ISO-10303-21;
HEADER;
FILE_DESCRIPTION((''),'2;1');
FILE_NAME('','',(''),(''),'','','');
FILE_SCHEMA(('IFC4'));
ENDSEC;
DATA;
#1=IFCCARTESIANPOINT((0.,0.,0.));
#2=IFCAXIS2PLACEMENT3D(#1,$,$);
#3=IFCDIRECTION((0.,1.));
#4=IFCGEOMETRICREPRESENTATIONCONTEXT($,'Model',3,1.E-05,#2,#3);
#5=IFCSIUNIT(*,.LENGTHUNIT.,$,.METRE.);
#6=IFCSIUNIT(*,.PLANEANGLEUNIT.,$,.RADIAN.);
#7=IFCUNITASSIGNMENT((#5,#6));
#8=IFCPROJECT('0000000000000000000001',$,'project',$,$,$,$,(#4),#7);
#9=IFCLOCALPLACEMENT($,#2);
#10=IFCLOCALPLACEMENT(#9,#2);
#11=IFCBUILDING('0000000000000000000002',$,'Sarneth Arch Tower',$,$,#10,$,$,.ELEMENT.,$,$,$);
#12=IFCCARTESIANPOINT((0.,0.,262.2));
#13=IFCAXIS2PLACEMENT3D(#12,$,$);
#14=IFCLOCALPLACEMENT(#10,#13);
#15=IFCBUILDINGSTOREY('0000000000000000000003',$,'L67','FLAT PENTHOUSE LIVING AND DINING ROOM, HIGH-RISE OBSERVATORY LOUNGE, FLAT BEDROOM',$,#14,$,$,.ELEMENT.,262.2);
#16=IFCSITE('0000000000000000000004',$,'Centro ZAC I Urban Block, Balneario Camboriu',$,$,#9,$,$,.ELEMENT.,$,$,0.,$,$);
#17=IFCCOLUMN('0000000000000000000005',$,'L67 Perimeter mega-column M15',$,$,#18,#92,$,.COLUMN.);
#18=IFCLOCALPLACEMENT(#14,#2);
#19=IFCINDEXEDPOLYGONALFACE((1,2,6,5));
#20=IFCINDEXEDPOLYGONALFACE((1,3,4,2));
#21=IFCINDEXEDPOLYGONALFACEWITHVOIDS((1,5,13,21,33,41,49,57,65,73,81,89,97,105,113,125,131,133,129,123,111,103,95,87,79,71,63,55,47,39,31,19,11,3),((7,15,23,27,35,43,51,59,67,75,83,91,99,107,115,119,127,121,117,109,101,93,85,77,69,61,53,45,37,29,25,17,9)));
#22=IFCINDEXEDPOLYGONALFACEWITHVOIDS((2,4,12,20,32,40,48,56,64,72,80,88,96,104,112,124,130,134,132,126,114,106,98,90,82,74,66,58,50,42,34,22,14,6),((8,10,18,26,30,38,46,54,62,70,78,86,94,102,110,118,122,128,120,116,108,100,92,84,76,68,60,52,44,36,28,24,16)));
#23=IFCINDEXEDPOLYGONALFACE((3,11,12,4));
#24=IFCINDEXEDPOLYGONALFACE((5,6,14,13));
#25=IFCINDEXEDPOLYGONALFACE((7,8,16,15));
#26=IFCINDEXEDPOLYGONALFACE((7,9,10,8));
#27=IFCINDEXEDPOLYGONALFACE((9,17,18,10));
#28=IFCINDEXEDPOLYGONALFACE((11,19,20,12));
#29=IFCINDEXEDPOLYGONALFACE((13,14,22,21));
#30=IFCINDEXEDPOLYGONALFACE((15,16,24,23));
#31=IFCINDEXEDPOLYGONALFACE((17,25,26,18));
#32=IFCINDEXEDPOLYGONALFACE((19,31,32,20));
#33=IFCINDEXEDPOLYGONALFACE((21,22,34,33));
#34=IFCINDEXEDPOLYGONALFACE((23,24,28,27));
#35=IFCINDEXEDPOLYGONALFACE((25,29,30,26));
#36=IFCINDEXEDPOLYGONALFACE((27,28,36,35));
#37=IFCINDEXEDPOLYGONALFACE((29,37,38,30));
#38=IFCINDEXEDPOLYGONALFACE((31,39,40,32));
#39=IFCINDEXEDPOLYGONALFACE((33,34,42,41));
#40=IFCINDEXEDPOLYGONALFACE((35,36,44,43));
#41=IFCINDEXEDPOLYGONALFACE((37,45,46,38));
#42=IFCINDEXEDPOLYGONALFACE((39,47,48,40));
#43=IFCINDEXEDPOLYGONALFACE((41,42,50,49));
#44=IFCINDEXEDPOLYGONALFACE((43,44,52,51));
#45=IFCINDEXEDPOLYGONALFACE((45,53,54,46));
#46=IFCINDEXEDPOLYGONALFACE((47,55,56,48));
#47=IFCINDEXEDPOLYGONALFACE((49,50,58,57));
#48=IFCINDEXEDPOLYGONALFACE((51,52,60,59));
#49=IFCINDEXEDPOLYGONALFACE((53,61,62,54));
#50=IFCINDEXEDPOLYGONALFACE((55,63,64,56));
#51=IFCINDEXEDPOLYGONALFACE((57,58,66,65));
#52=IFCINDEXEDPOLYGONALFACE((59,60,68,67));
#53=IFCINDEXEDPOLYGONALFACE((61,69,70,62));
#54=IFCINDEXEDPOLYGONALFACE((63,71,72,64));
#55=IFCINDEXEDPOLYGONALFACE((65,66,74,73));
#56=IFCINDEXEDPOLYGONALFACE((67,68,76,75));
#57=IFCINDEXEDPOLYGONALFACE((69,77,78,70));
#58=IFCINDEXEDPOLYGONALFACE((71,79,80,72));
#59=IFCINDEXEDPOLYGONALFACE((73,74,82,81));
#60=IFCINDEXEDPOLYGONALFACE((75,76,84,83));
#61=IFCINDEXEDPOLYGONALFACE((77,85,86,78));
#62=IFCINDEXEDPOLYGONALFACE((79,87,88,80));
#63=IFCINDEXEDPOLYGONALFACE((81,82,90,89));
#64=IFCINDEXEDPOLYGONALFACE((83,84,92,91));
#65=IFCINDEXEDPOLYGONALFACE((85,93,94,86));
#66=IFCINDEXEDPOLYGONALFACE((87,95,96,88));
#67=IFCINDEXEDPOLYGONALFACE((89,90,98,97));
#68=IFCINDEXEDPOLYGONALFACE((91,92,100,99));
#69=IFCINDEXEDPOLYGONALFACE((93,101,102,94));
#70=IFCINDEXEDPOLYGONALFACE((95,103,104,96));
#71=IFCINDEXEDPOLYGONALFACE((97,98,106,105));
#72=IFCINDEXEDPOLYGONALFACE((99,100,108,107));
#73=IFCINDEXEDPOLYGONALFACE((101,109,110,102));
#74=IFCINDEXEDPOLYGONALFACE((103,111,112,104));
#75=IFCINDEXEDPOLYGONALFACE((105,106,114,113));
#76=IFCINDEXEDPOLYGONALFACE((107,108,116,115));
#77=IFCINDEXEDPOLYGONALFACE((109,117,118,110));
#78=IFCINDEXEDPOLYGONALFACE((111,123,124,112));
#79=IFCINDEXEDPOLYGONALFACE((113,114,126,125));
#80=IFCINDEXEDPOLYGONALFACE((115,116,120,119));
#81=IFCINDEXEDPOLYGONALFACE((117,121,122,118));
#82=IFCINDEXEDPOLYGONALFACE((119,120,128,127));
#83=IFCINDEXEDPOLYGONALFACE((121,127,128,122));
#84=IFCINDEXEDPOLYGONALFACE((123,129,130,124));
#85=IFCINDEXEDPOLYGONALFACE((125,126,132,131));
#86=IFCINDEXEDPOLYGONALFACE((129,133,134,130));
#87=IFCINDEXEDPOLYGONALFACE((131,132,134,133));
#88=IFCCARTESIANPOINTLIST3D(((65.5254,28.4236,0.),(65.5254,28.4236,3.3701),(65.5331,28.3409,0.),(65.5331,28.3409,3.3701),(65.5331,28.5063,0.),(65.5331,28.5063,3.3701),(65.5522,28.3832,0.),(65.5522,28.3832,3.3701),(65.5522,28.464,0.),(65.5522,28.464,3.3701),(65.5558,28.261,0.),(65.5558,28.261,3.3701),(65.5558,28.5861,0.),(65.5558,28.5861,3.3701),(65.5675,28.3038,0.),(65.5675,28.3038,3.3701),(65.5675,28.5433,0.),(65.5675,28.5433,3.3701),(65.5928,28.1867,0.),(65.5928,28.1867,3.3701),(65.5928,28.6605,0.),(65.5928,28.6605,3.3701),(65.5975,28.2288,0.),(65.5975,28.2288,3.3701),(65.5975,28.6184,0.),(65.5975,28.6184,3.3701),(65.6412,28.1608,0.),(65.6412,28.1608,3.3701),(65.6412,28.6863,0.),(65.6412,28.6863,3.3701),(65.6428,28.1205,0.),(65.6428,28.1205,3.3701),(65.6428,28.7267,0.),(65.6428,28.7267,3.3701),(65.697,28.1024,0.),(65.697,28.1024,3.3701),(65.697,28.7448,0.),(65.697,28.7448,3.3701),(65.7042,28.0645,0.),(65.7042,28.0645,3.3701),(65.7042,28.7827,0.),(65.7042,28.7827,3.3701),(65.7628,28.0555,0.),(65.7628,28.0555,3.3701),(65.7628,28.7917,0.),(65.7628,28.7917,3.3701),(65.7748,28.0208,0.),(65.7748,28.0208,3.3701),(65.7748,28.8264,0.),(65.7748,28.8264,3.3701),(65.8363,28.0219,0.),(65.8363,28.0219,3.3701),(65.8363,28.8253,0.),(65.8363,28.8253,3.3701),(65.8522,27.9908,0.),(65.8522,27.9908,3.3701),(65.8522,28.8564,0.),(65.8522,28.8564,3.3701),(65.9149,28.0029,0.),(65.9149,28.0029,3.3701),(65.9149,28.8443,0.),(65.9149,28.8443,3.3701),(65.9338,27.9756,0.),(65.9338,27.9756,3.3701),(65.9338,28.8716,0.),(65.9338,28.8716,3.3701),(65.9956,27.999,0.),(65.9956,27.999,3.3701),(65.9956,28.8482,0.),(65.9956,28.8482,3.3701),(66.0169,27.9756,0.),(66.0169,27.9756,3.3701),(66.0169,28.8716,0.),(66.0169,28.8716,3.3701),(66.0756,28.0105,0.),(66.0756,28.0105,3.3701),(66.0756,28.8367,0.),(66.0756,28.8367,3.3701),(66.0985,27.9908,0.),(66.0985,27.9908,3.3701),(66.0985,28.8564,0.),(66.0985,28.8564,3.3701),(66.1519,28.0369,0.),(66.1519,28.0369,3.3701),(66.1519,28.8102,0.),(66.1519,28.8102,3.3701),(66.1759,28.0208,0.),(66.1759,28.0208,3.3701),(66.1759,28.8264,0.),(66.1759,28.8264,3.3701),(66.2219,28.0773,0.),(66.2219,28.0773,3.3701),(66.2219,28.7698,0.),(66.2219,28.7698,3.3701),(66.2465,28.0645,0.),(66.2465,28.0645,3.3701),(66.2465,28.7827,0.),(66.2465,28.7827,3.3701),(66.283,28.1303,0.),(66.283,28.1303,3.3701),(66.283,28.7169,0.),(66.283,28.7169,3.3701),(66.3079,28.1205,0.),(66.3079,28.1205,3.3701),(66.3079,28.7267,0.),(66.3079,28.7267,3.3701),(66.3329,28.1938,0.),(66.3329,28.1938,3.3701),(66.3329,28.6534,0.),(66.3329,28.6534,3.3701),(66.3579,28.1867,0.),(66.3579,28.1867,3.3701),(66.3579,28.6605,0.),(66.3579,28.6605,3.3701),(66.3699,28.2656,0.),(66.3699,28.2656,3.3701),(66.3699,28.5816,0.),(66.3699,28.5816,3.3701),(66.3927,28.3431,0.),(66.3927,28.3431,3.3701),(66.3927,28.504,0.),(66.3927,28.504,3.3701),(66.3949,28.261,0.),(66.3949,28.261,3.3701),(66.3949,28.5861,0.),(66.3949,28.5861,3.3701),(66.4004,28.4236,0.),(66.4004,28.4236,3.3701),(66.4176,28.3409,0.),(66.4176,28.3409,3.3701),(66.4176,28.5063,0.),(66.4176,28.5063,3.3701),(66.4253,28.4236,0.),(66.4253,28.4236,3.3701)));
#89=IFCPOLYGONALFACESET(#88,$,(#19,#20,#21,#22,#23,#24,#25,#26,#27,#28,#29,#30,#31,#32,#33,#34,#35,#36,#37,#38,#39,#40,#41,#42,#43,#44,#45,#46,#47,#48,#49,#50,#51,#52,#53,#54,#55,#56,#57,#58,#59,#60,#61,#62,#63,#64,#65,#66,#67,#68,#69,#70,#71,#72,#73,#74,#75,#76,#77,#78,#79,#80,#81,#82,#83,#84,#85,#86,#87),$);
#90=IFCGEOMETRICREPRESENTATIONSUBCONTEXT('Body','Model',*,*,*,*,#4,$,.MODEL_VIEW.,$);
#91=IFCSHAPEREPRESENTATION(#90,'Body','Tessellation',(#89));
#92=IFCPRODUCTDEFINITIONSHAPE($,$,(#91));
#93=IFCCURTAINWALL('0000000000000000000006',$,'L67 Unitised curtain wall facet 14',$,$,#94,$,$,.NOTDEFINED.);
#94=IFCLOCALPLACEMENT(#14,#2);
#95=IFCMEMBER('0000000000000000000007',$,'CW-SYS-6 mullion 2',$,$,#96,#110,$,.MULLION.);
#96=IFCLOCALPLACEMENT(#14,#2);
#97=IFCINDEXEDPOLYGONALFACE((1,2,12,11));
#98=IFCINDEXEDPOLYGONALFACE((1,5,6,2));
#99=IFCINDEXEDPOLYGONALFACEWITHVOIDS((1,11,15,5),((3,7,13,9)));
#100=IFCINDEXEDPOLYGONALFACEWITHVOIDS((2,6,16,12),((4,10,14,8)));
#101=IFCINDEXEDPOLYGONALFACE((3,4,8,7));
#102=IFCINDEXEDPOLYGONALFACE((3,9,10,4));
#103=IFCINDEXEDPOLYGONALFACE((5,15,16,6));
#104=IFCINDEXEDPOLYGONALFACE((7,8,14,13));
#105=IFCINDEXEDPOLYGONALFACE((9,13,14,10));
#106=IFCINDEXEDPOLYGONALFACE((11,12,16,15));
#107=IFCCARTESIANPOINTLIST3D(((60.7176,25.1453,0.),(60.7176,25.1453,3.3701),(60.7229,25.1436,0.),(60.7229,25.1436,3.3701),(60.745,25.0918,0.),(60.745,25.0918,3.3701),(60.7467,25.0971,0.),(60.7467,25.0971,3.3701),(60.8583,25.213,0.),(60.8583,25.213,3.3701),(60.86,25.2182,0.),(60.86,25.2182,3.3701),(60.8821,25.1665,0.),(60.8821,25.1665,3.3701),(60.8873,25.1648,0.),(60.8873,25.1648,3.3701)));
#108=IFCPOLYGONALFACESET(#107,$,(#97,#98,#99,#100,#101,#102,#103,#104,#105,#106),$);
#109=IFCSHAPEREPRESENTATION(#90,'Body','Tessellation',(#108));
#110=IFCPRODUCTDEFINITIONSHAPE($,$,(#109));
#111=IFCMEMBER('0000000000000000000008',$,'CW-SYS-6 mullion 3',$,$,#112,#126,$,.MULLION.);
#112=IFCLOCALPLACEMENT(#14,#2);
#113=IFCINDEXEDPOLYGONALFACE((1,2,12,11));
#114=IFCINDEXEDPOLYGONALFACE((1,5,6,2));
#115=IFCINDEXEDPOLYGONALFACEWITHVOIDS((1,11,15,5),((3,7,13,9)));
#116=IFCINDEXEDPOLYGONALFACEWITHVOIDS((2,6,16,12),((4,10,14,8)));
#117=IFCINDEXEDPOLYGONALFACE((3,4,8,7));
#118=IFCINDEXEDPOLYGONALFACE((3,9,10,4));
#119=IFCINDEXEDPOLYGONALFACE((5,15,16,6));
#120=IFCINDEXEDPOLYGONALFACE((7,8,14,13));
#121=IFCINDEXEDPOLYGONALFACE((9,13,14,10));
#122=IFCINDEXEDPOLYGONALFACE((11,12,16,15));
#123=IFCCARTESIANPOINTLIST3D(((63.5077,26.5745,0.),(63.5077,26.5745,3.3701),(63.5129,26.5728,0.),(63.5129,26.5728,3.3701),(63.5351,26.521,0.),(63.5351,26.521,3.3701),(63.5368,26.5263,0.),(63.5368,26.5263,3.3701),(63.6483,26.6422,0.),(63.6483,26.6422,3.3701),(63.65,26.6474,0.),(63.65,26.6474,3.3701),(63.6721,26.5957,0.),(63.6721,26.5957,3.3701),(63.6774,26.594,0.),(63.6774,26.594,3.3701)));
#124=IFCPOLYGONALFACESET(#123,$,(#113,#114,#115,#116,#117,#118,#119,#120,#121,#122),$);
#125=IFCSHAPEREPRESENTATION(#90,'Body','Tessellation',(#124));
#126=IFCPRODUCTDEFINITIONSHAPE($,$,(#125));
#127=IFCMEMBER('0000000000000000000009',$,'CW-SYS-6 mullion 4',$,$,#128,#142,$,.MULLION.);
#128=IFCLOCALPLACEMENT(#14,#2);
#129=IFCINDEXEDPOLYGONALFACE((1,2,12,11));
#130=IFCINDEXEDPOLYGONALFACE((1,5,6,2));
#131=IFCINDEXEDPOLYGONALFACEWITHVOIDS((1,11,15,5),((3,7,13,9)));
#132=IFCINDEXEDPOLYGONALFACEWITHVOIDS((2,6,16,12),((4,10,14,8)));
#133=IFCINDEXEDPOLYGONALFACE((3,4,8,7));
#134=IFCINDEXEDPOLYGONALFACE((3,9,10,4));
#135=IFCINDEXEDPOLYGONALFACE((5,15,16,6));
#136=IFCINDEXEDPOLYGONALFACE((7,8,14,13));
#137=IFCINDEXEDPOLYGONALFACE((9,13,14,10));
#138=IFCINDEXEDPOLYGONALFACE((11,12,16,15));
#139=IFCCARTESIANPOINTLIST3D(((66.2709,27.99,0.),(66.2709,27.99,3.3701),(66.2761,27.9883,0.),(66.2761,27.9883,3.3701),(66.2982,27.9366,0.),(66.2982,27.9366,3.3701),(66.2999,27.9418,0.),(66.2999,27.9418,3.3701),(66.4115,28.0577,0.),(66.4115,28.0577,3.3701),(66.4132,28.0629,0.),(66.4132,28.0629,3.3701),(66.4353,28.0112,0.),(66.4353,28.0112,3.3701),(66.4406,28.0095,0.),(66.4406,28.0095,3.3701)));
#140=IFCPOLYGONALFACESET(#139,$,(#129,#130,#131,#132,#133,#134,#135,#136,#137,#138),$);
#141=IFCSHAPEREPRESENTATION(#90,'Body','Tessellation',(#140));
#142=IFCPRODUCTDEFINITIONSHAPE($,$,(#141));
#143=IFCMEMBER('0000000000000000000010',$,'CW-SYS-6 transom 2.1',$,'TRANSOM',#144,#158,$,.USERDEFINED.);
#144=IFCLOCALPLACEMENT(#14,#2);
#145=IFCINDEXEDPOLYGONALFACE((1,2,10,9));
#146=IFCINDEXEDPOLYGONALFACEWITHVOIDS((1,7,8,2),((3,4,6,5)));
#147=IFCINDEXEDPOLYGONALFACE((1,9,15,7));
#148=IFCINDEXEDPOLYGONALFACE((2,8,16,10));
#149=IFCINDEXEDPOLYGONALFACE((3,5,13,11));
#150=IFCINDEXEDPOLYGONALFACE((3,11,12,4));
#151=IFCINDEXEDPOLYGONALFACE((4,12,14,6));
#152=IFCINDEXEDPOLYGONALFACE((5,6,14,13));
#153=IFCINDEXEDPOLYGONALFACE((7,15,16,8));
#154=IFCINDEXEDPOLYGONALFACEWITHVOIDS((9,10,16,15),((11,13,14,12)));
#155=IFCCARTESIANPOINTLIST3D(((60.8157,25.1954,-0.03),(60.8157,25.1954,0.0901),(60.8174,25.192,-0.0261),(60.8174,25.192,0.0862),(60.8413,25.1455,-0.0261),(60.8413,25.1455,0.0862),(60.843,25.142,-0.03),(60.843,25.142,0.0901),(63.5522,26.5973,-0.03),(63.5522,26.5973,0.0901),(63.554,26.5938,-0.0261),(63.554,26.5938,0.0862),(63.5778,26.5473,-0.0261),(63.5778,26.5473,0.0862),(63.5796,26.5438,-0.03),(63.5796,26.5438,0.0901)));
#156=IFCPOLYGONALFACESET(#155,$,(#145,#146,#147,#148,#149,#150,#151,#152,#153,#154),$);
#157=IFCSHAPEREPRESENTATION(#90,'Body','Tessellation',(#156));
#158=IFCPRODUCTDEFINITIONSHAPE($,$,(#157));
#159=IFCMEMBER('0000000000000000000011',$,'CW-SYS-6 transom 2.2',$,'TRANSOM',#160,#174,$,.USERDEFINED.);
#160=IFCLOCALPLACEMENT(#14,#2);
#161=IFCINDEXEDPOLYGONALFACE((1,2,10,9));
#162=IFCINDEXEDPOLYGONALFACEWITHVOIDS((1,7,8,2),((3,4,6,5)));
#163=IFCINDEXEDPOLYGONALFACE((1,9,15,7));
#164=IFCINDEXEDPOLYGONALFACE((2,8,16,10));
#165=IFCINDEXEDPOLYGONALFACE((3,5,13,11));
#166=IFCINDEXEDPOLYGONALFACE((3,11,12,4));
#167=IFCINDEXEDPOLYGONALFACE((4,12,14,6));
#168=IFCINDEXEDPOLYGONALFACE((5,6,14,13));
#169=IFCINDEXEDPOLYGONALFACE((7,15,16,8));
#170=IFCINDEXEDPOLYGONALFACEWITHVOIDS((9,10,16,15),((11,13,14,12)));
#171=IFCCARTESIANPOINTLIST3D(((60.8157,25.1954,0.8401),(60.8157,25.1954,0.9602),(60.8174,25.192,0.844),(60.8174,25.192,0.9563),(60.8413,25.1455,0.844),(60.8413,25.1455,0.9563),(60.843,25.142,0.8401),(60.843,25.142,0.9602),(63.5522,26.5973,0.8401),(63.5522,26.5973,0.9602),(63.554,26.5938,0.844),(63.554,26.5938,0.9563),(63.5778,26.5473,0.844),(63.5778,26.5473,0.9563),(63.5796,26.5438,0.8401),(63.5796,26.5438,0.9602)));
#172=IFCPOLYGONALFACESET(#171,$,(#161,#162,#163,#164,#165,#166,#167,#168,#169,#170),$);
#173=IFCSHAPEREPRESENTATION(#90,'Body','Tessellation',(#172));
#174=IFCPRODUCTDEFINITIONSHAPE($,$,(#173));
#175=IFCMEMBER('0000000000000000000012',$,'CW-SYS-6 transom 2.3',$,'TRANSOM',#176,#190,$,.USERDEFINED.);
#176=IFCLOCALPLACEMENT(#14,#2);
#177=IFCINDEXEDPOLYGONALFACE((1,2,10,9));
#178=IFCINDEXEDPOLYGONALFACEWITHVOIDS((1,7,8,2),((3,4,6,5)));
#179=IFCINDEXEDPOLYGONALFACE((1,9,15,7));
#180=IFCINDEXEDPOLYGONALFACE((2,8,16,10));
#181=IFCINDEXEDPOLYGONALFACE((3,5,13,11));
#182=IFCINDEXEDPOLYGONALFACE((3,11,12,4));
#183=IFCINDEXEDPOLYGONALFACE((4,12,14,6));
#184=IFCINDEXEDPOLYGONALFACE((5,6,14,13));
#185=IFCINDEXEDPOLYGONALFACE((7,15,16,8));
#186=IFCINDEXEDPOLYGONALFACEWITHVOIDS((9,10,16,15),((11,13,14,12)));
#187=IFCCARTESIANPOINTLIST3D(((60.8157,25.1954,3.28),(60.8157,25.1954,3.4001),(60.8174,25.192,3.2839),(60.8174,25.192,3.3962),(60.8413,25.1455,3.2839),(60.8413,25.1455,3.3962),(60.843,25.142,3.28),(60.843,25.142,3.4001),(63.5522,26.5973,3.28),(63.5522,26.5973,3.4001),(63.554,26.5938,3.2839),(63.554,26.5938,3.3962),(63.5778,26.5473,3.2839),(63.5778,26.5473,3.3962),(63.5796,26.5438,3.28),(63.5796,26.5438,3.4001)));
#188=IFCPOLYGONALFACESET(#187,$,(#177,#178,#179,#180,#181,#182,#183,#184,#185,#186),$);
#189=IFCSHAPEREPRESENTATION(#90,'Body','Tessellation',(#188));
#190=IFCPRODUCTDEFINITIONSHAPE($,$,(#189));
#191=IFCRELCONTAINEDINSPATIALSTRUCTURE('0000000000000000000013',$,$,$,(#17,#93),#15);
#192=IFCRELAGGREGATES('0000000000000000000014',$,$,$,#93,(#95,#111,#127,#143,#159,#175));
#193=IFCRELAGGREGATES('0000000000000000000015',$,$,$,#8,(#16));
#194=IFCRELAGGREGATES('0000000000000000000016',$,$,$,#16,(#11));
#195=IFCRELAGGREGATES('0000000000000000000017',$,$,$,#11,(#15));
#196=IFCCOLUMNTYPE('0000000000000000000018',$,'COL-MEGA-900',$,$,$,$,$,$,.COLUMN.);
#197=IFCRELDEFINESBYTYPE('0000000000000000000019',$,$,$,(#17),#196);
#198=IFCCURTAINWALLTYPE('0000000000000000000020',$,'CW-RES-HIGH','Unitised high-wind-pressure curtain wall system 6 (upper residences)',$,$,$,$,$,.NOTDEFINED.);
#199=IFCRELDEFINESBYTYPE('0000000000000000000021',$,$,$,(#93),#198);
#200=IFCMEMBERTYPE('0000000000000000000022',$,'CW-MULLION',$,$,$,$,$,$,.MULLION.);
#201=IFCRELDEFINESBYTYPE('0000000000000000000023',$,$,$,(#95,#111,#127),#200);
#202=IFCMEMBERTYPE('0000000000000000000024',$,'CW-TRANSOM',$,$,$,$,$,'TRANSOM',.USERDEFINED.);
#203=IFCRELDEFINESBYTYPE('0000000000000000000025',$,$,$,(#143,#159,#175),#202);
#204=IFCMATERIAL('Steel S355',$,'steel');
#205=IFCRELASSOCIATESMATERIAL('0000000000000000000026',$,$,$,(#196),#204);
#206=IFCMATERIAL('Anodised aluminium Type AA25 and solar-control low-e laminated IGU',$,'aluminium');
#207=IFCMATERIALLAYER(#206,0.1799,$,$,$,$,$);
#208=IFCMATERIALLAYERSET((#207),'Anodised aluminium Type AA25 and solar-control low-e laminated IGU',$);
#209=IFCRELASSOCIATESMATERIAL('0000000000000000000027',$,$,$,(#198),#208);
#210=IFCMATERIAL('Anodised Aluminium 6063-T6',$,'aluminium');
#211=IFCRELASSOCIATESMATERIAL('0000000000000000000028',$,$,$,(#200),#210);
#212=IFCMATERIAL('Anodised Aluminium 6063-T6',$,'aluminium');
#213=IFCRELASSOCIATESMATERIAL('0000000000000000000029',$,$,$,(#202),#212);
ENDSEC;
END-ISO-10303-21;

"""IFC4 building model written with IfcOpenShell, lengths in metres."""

from ifc_helpers import new_model, si_unit, direction, frame, origin, origin_2d, place, context, subcontext, project, spatial, hollow_rectangle, hollow_circle, extrude, material, layer, layer_set, material_profile, profile_set, type_object, element, aggregate, save


model = new_model("IFC4")

# Units and contexts
model_context = context("Model", 3, precision=1e-05, world=origin(), true_north=direction((0.0, 1.0)))
body_context = subcontext(model_context, "Body", "Model", "MODEL_VIEW")
ifc_project = project(units=[si_unit("LENGTHUNIT", "METRE"), si_unit("PLANEANGLEUNIT", "RADIAN")], contexts=[model_context])

# Site, building, storey
site_placement = place(None, origin())
site = spatial("IfcSite", under=ifc_project, at=site_placement, Name="Centro ZAC I Urban Block, Balneario Camboriu", CompositionType="ELEMENT", RefElevation=0.0)
building_placement = place(site_placement, origin())
building = spatial("IfcBuilding", under=site, at=building_placement, Name="Sarneth Arch Tower", CompositionType="ELEMENT")
storey_placement = place(building_placement, frame((0.0, 0.0, 262.2)))
storey = spatial("IfcBuildingStorey", under=building, at=storey_placement, Name="L67", Description="FLAT PENTHOUSE LIVING AND DINING ROOM, HIGH-RISE OBSERVATORY LOUNGE, FLAT BEDROOM", CompositionType="ELEMENT", Elevation=262.2)

# Column
ifc_material_1 = material(Name="Steel S355", Category="steel")
ifc_material_profile_1 = material_profile(ifc_material_1, hollow_circle(Radius=0.45, WallThickness=0.0249, at=origin_2d()), Name="CHS900x25")
ifc_profile_set_1 = profile_set([ifc_material_profile_1], Name="Steel S355")
column_type = type_object("IfcColumnType", Name="COL-MEGA-900", PredefinedType="COLUMN", material=ifc_profile_set_1)
column_placement = place(storey_placement, frame((65.9753, 28.4236, 0.0), z_axis=(0.0, 0.0, 1.0), x_axis=(1.0, 0.0, 0.0)))
element("IfcColumn", 1, at=column_placement, inside=storey, type_object=column_type, Name="L67 Perimeter mega-column M15", PredefinedType="COLUMN", context=body_context, shape_type="SweptSolid", body=[
    extrude(hollow_circle(Radius=0.45, WallThickness=0.0249, at=origin_2d()), origin(), (0.0, 0.0, 1.0), 3.3701),
])

# Curtain wall, members
ifc_material_2 = material(Name="Anodised aluminium Type AA25 and solar-control low-e laminated IGU", Category="aluminium")
ifc_layer_1 = layer(ifc_material_2, 0.1799)
ifc_layer_set_1 = layer_set([ifc_layer_1], Name="Anodised aluminium Type AA25 and solar-control low-e laminated IGU")
curtain_wall_type = type_object("IfcCurtainWallType", Name="CW-RES-HIGH", Description="Unitised high-wind-pressure curtain wall system 6 (upper residences)", PredefinedType="NOTDEFINED", material=ifc_layer_set_1)
curtain_wall_placement = place(storey_placement, origin())
curtain_wall = element("IfcCurtainWall", 2, at=curtain_wall_placement, inside=storey, type_object=curtain_wall_type, Name="L67 Unitised curtain wall facet 14", PredefinedType="NOTDEFINED")
ifc_material_3 = material(Name="Anodised Aluminium 6063-T6", Category="aluminium")
ifc_material_profile_2 = material_profile(ifc_material_3, hollow_rectangle(XDim=0.0601, YDim=0.1599, WallThickness=0.0039, at=origin_2d()), Name="AL-MULL-160x60x4")
ifc_profile_set_2 = profile_set([ifc_material_profile_2], Name="Anodised Aluminium 6063-T6")
member_type_1 = type_object("IfcMemberType", Name="CW-MULLION", PredefinedType="MULLION", material=ifc_profile_set_2)
member_1_placement = place(storey_placement, frame((60.8025, 25.155, 0.0), z_axis=(0.0, 0.0, 1.0), x_axis=(-0.455942, 0.89001, 0.0)))
member_1 = element("IfcMember", 3, at=member_1_placement, type_object=member_type_1, Name="CW-SYS-6 mullion 2", PredefinedType="MULLION", context=body_context, shape_type="SweptSolid", body=[
    extrude(hollow_rectangle(XDim=0.0601, YDim=0.1599, WallThickness=0.0039, at=origin_2d()), origin(), (0.0, 0.0, 1.0), 3.3701),
])
member_2_placement = place(storey_placement, frame((63.5925, 26.5842, 0.0), z_axis=(0.0, 0.0, 1.0), x_axis=(-0.455942, 0.89001, 0.0)))
member_2 = element("IfcMember", 4, at=member_2_placement, type_object=member_type_1, Name="CW-SYS-6 mullion 3", PredefinedType="MULLION", context=body_context, shape_type="SweptSolid", body=[
    extrude(hollow_rectangle(XDim=0.0601, YDim=0.1599, WallThickness=0.0039, at=origin_2d()), origin(), (0.0, 0.0, 1.0), 3.3701),
])
member_3_placement = place(storey_placement, frame((66.3557, 27.9998, 0.0), z_axis=(0.0, 0.0, 1.0), x_axis=(-0.455942, 0.89001, 0.0)))
member_3 = element("IfcMember", 5, at=member_3_placement, type_object=member_type_1, Name="CW-SYS-6 mullion 4", PredefinedType="MULLION", context=body_context, shape_type="SweptSolid", body=[
    extrude(hollow_rectangle(XDim=0.0601, YDim=0.1599, WallThickness=0.0039, at=origin_2d()), origin(), (0.0, 0.0, 1.0), 3.3701),
])
ifc_material_4 = material(Name="Anodised Aluminium 6063-T6", Category="aluminium")
ifc_material_profile_3 = material_profile(ifc_material_4, hollow_rectangle(XDim=0.0601, YDim=0.1201, WallThickness=0.0039, at=origin_2d()), Name="AL-TRAN-120x60x4")
ifc_profile_set_3 = profile_set([ifc_material_profile_3], Name="Anodised Aluminium 6063-T6")
member_type_2 = type_object("IfcMemberType", Name="CW-TRANSOM", ElementType="TRANSOM", PredefinedType="USERDEFINED", material=ifc_profile_set_3)
member_4_placement = place(storey_placement, frame((60.8293, 25.1687, 0.03), z_axis=(0.890017, 0.455926, 0.0), x_axis=(-0.455926, 0.890017, 0.0)))
member_4 = element("IfcMember", 6, at=member_4_placement, type_object=member_type_2, Name="CW-SYS-6 transom 2.1", ObjectType="TRANSOM", PredefinedType="USERDEFINED", context=body_context, shape_type="SweptSolid", body=[
    extrude(hollow_rectangle(XDim=0.0601, YDim=0.1201, WallThickness=0.0039, at=origin_2d()), origin(), (0.0, 0.0, 1.0), 3.0747),
])
member_5_placement = place(storey_placement, frame((60.8293, 25.1687, 0.9001), z_axis=(0.890017, 0.455926, 0.0), x_axis=(-0.455926, 0.890017, 0.0)))
member_5 = element("IfcMember", 7, at=member_5_placement, type_object=member_type_2, Name="CW-SYS-6 transom 2.2", ObjectType="TRANSOM", PredefinedType="USERDEFINED", context=body_context, shape_type="SweptSolid", body=[
    extrude(hollow_rectangle(XDim=0.0601, YDim=0.1201, WallThickness=0.0039, at=origin_2d()), origin(), (0.0, 0.0, 1.0), 3.0747),
])
member_6_placement = place(storey_placement, frame((60.8293, 25.1687, 3.3401), z_axis=(0.890017, 0.455926, 0.0), x_axis=(-0.455926, 0.890017, 0.0)))
member_6 = element("IfcMember", 8, at=member_6_placement, type_object=member_type_2, Name="CW-SYS-6 transom 2.3", ObjectType="TRANSOM", PredefinedType="USERDEFINED", context=body_context, shape_type="SweptSolid", body=[
    extrude(hollow_rectangle(XDim=0.0601, YDim=0.1201, WallThickness=0.0039, at=origin_2d()), origin(), (0.0, 0.0, 1.0), 3.0747),
])

aggregate(curtain_wall, [member_1, member_2, member_3, member_4, member_5, member_6])

save(model, "model.ifc")
